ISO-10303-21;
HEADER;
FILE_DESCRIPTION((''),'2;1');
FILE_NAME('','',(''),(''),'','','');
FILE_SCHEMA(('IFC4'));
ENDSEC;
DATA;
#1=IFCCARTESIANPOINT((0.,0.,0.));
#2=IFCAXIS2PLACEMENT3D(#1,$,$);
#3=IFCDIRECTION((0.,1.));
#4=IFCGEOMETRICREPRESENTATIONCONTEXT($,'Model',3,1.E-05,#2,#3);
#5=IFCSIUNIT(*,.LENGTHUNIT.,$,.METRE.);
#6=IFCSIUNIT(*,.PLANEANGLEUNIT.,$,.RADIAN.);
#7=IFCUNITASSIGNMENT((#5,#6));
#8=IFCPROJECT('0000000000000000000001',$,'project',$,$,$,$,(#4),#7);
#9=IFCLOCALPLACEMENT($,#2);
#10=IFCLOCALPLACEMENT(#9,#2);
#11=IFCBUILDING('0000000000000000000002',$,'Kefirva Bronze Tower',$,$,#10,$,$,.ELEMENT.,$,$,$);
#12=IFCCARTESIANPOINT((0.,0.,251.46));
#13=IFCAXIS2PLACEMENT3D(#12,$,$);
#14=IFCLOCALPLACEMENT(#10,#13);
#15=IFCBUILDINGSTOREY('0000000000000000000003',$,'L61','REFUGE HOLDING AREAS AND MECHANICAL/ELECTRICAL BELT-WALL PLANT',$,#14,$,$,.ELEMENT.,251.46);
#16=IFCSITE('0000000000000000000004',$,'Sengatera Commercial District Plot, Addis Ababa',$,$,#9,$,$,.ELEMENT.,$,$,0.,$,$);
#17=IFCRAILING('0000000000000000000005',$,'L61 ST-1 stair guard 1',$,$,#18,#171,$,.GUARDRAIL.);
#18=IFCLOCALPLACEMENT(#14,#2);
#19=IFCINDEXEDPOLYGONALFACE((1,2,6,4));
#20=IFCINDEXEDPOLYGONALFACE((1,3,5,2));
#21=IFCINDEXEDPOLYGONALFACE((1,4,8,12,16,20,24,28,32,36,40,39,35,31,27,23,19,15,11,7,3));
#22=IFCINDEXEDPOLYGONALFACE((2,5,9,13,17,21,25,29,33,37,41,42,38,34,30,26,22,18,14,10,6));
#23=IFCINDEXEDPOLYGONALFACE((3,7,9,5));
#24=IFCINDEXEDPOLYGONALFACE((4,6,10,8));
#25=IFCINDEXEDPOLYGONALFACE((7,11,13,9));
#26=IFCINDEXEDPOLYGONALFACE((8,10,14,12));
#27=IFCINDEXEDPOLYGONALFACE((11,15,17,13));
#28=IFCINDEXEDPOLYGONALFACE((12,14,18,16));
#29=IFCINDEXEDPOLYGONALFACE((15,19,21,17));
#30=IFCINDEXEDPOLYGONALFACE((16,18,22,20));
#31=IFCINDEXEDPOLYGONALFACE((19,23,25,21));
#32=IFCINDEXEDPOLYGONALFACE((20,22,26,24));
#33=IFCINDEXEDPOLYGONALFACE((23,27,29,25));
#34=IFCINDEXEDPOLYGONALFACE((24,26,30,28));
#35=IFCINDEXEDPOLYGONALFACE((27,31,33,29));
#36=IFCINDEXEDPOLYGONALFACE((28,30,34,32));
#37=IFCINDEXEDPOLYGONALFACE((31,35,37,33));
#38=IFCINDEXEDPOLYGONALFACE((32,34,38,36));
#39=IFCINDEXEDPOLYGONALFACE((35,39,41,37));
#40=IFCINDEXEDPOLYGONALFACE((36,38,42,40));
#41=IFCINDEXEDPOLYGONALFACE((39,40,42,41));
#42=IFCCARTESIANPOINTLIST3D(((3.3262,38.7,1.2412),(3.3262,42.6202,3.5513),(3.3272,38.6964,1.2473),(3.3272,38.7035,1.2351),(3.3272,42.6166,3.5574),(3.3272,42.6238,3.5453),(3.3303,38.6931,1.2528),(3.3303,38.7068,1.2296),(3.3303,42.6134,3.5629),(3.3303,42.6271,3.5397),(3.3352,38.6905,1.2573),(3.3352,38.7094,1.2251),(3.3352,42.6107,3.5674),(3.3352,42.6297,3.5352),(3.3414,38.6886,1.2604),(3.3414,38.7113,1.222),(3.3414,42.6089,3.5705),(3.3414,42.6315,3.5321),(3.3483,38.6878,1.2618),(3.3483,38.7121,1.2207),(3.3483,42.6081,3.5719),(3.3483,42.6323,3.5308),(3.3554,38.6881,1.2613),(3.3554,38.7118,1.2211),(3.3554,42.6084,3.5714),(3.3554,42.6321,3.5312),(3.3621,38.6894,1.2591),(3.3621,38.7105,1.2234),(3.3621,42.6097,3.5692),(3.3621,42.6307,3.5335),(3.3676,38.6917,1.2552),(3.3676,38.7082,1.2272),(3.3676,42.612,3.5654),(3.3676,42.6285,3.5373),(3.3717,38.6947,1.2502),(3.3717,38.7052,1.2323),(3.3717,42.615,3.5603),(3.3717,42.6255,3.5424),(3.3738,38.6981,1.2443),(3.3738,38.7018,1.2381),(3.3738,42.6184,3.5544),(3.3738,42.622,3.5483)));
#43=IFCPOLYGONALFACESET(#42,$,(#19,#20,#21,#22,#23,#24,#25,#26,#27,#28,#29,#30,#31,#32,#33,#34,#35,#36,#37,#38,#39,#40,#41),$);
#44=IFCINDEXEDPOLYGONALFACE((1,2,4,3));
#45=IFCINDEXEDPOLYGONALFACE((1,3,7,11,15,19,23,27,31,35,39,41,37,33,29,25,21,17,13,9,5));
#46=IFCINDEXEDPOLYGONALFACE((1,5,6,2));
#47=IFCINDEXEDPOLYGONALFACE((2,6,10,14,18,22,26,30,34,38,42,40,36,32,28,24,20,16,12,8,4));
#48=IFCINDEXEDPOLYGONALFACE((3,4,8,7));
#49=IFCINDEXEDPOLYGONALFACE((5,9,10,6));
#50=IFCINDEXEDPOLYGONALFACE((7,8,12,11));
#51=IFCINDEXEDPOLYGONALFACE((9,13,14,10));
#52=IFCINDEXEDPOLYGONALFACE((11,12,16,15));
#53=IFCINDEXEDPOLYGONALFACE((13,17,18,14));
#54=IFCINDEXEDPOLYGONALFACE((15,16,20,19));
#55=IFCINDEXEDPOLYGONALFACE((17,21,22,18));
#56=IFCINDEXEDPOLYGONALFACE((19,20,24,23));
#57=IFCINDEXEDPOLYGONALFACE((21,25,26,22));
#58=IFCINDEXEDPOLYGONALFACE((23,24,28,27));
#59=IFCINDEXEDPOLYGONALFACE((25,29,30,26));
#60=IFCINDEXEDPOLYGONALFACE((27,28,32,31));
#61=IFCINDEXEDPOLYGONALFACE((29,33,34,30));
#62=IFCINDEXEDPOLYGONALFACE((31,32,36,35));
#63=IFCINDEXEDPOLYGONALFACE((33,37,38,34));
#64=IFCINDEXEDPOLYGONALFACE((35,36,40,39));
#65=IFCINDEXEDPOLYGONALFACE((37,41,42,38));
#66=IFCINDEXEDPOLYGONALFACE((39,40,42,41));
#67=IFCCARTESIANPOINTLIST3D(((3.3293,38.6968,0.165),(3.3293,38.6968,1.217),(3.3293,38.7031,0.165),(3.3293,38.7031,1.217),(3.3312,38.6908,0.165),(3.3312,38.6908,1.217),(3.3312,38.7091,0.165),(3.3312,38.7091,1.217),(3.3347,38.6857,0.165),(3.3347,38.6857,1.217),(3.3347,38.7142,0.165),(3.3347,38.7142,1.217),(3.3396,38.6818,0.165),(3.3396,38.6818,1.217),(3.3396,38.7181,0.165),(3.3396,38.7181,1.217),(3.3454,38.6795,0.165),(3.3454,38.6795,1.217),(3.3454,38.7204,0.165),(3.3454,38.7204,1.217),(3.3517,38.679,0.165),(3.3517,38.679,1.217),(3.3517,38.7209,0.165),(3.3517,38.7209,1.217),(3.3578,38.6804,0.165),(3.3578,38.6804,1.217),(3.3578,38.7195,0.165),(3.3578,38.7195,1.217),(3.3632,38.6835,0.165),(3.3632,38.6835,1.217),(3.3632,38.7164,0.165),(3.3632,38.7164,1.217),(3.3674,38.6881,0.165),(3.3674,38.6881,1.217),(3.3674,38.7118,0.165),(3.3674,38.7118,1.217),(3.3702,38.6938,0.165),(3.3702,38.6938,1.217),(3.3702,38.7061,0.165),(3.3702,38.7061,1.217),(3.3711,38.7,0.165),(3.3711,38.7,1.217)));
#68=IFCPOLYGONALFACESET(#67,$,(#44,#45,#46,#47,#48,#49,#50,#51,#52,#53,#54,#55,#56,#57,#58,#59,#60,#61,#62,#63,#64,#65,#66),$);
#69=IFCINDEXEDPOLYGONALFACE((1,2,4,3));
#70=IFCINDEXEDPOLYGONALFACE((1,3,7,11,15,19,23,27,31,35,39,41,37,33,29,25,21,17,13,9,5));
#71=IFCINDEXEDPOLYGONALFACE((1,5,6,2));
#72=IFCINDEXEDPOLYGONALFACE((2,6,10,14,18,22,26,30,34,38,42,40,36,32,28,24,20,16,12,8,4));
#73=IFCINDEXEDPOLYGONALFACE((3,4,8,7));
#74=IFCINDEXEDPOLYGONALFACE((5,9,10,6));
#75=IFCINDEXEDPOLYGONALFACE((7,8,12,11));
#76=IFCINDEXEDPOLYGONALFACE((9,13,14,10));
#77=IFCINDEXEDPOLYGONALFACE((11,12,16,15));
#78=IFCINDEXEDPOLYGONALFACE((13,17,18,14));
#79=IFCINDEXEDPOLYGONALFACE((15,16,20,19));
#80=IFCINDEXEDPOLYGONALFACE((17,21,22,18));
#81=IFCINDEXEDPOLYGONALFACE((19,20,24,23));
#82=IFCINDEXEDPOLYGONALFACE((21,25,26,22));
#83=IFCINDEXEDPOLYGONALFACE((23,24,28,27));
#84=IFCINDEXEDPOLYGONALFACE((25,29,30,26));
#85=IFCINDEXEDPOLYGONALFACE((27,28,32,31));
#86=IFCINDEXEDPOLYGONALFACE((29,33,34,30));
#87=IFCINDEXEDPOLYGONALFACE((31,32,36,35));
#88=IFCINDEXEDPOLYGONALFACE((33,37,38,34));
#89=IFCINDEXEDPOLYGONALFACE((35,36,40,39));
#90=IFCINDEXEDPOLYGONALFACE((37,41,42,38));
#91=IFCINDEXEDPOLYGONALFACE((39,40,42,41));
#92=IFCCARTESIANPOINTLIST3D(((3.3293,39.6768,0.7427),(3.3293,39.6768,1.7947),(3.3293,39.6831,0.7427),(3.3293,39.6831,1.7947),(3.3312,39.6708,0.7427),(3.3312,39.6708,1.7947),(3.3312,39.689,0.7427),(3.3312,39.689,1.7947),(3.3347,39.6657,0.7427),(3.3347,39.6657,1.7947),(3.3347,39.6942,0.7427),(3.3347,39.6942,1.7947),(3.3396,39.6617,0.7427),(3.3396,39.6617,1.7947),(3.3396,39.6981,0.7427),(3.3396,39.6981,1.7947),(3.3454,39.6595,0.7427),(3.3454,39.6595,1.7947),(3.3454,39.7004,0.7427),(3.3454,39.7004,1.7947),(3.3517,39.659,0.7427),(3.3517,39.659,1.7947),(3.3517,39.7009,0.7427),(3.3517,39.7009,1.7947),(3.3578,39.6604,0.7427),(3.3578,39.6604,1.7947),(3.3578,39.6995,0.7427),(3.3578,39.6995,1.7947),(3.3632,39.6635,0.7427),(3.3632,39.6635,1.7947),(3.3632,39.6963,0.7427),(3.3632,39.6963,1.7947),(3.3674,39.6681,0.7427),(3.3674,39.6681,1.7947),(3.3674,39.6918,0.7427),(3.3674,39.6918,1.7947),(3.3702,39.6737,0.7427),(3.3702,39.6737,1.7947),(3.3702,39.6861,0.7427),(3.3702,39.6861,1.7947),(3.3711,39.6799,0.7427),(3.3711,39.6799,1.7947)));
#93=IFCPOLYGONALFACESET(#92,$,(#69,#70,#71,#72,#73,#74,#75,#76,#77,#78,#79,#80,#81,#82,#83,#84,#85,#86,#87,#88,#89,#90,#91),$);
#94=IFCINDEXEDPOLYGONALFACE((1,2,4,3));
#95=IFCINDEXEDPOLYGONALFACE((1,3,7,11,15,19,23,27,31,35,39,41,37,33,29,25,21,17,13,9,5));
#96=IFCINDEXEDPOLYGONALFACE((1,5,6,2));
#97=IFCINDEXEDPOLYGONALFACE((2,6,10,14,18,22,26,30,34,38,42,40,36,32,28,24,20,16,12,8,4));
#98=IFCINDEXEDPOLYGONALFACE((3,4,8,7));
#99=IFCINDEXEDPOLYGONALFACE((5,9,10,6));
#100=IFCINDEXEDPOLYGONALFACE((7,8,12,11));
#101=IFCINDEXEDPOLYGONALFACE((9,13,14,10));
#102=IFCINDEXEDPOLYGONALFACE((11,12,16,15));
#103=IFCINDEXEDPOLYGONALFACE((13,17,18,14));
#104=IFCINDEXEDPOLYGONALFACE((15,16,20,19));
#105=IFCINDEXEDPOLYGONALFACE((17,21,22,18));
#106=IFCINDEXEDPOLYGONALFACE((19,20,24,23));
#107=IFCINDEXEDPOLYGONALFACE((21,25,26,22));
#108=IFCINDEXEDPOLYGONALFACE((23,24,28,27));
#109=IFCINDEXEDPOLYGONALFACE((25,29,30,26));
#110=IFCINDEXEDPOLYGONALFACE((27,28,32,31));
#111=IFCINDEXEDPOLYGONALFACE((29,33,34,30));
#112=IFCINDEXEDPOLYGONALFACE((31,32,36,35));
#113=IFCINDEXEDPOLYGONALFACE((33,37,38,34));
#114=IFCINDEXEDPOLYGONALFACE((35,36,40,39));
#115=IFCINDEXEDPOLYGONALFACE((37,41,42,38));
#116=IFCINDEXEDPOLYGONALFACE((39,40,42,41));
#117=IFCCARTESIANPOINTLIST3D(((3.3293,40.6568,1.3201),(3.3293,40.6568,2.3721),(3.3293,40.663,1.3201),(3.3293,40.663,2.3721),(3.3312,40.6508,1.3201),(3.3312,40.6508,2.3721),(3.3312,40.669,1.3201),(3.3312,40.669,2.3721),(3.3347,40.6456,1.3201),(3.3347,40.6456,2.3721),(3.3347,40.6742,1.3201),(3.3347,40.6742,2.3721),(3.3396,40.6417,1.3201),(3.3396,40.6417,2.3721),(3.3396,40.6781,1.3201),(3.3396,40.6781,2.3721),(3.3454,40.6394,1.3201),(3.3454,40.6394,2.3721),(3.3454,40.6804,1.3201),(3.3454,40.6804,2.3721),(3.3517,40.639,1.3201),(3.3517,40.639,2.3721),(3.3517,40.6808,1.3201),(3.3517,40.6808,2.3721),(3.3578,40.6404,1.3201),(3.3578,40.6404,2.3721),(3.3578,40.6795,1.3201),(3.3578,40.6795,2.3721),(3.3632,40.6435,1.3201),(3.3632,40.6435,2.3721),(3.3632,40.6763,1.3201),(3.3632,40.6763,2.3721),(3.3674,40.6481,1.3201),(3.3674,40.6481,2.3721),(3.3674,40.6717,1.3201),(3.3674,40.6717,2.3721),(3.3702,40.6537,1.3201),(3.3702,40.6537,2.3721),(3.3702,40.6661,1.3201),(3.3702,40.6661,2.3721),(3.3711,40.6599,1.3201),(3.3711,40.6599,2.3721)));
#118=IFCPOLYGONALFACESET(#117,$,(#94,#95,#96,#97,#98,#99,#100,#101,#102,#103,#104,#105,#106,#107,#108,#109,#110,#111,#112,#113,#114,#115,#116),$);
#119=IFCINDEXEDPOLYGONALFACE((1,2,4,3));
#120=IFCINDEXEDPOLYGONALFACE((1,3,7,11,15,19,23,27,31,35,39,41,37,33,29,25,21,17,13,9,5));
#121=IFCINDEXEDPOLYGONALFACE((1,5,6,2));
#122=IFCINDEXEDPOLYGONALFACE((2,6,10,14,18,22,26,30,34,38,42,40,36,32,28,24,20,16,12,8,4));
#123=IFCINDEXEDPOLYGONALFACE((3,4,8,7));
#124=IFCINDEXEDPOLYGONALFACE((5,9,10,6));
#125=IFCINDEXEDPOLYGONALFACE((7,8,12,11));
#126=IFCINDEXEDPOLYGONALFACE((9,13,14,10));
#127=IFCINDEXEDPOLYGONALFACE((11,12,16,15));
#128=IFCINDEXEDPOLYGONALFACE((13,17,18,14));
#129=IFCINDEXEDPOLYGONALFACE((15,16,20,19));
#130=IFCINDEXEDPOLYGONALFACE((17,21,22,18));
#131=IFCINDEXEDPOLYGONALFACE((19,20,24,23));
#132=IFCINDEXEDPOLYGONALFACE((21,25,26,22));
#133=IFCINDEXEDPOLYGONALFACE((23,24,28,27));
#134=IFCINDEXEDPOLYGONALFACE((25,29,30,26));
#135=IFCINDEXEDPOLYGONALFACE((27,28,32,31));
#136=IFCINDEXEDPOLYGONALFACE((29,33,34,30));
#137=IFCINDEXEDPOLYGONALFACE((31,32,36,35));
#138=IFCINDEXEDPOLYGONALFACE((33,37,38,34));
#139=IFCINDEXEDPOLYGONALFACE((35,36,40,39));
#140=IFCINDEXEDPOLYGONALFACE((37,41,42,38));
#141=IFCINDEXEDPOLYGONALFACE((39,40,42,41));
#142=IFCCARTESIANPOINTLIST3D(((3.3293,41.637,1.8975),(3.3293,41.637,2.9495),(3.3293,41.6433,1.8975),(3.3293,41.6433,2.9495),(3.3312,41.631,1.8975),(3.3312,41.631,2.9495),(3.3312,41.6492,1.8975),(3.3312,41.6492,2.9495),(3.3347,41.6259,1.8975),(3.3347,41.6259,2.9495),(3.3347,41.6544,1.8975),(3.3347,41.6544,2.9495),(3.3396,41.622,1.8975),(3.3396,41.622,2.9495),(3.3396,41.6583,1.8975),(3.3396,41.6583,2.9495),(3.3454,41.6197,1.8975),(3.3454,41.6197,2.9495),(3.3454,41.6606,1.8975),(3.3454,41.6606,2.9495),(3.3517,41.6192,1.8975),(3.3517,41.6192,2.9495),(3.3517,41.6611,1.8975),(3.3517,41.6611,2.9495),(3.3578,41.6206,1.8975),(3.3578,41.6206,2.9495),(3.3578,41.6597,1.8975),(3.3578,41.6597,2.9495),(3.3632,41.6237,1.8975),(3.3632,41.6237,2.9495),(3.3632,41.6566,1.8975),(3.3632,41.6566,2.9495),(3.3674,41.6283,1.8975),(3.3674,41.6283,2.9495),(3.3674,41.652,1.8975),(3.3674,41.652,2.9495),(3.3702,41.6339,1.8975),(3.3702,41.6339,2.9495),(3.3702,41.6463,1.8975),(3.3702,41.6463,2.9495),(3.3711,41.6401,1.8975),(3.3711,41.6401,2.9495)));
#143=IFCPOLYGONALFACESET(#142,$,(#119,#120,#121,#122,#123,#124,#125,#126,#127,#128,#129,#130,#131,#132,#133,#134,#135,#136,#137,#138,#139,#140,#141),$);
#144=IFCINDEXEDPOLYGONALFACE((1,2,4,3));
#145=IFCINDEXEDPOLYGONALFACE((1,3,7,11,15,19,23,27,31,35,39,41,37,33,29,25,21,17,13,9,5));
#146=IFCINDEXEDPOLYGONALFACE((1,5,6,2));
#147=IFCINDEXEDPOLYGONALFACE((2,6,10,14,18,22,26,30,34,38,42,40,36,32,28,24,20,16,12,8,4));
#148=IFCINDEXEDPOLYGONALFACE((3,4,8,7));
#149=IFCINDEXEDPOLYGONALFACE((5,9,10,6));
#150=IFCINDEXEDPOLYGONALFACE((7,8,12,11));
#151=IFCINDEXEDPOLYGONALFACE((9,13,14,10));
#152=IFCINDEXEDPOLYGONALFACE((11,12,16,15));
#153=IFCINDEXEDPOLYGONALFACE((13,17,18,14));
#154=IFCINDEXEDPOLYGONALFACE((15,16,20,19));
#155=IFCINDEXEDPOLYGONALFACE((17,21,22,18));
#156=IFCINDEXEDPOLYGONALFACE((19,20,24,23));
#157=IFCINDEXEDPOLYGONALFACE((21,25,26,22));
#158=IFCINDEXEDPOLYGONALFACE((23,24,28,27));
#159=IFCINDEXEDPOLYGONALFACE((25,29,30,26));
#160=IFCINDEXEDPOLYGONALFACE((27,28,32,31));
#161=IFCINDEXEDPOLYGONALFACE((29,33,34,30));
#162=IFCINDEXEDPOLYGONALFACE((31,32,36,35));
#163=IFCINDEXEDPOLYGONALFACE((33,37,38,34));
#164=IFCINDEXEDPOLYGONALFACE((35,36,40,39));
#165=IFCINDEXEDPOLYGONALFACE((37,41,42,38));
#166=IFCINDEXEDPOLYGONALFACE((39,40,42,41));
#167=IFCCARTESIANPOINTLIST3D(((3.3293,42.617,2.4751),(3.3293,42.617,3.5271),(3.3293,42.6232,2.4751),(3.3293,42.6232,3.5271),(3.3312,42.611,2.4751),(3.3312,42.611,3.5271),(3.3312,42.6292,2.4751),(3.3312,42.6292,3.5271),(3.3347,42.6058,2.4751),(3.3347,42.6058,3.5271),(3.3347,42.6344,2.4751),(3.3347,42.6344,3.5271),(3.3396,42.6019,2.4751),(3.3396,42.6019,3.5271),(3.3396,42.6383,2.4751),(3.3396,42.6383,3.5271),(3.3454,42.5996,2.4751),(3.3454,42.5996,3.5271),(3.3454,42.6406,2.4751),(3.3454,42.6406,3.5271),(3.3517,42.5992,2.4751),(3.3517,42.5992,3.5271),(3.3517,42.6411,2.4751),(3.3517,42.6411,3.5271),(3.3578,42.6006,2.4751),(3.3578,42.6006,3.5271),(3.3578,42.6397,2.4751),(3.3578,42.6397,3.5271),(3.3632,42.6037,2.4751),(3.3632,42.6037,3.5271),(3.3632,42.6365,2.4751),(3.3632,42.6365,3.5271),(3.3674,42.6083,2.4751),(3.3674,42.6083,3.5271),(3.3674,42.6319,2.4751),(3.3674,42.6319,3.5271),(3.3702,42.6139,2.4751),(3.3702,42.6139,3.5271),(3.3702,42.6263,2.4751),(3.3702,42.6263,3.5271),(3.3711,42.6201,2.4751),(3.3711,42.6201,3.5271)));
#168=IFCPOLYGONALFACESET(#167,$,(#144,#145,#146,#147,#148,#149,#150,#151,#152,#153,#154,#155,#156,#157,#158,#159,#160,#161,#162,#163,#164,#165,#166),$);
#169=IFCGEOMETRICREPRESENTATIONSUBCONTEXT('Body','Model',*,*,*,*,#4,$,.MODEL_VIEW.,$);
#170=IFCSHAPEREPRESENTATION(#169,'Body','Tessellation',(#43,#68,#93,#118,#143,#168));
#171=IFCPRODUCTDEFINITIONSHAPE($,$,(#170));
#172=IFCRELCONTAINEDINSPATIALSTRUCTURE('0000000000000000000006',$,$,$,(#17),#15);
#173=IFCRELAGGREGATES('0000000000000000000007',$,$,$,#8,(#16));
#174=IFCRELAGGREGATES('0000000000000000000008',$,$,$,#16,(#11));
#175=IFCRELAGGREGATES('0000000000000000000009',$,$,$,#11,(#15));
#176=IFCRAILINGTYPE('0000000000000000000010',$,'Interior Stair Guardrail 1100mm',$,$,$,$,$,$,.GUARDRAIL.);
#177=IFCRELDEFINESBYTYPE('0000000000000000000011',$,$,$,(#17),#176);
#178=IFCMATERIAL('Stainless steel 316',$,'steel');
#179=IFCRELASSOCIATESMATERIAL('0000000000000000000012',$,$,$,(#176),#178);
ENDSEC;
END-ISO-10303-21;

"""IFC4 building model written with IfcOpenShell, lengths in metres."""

from ifc_helpers import new_model, si_unit, direction, frame, origin, origin_2d, place, context, subcontext, project, spatial, circle, extrude, material, type_object, element, save


model = new_model("IFC4")

# Units and contexts
model_context = context("Model", 3, precision=1e-05, world=origin(), true_north=direction((0.0, 1.0)))
body_context = subcontext(model_context, "Body", "Model", "MODEL_VIEW")
ifc_project = project(units=[si_unit("LENGTHUNIT", "METRE"), si_unit("PLANEANGLEUNIT", "RADIAN")], contexts=[model_context])

# Site, building, storey
site_placement = place(None, origin())
site = spatial("IfcSite", under=ifc_project, at=site_placement, Name="Sengatera Commercial District Plot, Addis Ababa", CompositionType="ELEMENT", RefElevation=0.0)
building_placement = place(site_placement, origin())
building = spatial("IfcBuilding", under=site, at=building_placement, Name="Kefirva Bronze Tower", CompositionType="ELEMENT")
storey_placement = place(building_placement, frame((0.0, 0.0, 251.46)))
storey = spatial("IfcBuildingStorey", under=building, at=storey_placement, Name="L61", Description="REFUGE HOLDING AREAS AND MECHANICAL/ELECTRICAL BELT-WALL PLANT", CompositionType="ELEMENT", Elevation=251.46)

# Shared definitions
ifc_material_1 = material(Name="Stainless steel 316", Category="steel")

# Railing
railing_type_1 = type_object("IfcRailingType", Name="Interior Stair Guardrail 1100mm", PredefinedType="GUARDRAIL", material=ifc_material_1)
railing_1_placement = place(storey_placement, frame((3.3501, 38.7, 0.165)))
element("IfcRailing", 1, at=railing_1_placement, inside=storey, type_object=railing_type_1, Name="L61 ST-1 stair guard 1", PredefinedType="GUARDRAIL", context=body_context, shape_type="SweptSolid", body=[
    extrude(circle(Radius=0.0239, at=origin_2d()), frame((0.0, 0.0, 1.0762), z_axis=(0.0, 0.861542, 0.507686), x_axis=(-1.0, 0.0, 0.0)), (0.0, 0.0, 1.0), 4.5503),
    extrude(circle(Radius=0.021, at=origin_2d()), origin(), (0.0, 0.0, 1.0), 1.052),
    extrude(circle(Radius=0.021, at=origin_2d()), frame((0.0, 0.98, 0.5776)), (0.0, 0.0, 1.0), 1.052),
    extrude(circle(Radius=0.021, at=origin_2d()), frame((0.0, 1.96, 1.155)), (0.0, 0.0, 1.0), 1.052),
    extrude(circle(Radius=0.021, at=origin_2d()), frame((0.0, 2.9402, 1.7324)), (0.0, 0.0, 1.0), 1.052),
    extrude(circle(Radius=0.021, at=origin_2d()), frame((0.0, 3.9202, 2.3101)), (0.0, 0.0, 1.0), 1.052),
])

save(model, "model.ifc")
